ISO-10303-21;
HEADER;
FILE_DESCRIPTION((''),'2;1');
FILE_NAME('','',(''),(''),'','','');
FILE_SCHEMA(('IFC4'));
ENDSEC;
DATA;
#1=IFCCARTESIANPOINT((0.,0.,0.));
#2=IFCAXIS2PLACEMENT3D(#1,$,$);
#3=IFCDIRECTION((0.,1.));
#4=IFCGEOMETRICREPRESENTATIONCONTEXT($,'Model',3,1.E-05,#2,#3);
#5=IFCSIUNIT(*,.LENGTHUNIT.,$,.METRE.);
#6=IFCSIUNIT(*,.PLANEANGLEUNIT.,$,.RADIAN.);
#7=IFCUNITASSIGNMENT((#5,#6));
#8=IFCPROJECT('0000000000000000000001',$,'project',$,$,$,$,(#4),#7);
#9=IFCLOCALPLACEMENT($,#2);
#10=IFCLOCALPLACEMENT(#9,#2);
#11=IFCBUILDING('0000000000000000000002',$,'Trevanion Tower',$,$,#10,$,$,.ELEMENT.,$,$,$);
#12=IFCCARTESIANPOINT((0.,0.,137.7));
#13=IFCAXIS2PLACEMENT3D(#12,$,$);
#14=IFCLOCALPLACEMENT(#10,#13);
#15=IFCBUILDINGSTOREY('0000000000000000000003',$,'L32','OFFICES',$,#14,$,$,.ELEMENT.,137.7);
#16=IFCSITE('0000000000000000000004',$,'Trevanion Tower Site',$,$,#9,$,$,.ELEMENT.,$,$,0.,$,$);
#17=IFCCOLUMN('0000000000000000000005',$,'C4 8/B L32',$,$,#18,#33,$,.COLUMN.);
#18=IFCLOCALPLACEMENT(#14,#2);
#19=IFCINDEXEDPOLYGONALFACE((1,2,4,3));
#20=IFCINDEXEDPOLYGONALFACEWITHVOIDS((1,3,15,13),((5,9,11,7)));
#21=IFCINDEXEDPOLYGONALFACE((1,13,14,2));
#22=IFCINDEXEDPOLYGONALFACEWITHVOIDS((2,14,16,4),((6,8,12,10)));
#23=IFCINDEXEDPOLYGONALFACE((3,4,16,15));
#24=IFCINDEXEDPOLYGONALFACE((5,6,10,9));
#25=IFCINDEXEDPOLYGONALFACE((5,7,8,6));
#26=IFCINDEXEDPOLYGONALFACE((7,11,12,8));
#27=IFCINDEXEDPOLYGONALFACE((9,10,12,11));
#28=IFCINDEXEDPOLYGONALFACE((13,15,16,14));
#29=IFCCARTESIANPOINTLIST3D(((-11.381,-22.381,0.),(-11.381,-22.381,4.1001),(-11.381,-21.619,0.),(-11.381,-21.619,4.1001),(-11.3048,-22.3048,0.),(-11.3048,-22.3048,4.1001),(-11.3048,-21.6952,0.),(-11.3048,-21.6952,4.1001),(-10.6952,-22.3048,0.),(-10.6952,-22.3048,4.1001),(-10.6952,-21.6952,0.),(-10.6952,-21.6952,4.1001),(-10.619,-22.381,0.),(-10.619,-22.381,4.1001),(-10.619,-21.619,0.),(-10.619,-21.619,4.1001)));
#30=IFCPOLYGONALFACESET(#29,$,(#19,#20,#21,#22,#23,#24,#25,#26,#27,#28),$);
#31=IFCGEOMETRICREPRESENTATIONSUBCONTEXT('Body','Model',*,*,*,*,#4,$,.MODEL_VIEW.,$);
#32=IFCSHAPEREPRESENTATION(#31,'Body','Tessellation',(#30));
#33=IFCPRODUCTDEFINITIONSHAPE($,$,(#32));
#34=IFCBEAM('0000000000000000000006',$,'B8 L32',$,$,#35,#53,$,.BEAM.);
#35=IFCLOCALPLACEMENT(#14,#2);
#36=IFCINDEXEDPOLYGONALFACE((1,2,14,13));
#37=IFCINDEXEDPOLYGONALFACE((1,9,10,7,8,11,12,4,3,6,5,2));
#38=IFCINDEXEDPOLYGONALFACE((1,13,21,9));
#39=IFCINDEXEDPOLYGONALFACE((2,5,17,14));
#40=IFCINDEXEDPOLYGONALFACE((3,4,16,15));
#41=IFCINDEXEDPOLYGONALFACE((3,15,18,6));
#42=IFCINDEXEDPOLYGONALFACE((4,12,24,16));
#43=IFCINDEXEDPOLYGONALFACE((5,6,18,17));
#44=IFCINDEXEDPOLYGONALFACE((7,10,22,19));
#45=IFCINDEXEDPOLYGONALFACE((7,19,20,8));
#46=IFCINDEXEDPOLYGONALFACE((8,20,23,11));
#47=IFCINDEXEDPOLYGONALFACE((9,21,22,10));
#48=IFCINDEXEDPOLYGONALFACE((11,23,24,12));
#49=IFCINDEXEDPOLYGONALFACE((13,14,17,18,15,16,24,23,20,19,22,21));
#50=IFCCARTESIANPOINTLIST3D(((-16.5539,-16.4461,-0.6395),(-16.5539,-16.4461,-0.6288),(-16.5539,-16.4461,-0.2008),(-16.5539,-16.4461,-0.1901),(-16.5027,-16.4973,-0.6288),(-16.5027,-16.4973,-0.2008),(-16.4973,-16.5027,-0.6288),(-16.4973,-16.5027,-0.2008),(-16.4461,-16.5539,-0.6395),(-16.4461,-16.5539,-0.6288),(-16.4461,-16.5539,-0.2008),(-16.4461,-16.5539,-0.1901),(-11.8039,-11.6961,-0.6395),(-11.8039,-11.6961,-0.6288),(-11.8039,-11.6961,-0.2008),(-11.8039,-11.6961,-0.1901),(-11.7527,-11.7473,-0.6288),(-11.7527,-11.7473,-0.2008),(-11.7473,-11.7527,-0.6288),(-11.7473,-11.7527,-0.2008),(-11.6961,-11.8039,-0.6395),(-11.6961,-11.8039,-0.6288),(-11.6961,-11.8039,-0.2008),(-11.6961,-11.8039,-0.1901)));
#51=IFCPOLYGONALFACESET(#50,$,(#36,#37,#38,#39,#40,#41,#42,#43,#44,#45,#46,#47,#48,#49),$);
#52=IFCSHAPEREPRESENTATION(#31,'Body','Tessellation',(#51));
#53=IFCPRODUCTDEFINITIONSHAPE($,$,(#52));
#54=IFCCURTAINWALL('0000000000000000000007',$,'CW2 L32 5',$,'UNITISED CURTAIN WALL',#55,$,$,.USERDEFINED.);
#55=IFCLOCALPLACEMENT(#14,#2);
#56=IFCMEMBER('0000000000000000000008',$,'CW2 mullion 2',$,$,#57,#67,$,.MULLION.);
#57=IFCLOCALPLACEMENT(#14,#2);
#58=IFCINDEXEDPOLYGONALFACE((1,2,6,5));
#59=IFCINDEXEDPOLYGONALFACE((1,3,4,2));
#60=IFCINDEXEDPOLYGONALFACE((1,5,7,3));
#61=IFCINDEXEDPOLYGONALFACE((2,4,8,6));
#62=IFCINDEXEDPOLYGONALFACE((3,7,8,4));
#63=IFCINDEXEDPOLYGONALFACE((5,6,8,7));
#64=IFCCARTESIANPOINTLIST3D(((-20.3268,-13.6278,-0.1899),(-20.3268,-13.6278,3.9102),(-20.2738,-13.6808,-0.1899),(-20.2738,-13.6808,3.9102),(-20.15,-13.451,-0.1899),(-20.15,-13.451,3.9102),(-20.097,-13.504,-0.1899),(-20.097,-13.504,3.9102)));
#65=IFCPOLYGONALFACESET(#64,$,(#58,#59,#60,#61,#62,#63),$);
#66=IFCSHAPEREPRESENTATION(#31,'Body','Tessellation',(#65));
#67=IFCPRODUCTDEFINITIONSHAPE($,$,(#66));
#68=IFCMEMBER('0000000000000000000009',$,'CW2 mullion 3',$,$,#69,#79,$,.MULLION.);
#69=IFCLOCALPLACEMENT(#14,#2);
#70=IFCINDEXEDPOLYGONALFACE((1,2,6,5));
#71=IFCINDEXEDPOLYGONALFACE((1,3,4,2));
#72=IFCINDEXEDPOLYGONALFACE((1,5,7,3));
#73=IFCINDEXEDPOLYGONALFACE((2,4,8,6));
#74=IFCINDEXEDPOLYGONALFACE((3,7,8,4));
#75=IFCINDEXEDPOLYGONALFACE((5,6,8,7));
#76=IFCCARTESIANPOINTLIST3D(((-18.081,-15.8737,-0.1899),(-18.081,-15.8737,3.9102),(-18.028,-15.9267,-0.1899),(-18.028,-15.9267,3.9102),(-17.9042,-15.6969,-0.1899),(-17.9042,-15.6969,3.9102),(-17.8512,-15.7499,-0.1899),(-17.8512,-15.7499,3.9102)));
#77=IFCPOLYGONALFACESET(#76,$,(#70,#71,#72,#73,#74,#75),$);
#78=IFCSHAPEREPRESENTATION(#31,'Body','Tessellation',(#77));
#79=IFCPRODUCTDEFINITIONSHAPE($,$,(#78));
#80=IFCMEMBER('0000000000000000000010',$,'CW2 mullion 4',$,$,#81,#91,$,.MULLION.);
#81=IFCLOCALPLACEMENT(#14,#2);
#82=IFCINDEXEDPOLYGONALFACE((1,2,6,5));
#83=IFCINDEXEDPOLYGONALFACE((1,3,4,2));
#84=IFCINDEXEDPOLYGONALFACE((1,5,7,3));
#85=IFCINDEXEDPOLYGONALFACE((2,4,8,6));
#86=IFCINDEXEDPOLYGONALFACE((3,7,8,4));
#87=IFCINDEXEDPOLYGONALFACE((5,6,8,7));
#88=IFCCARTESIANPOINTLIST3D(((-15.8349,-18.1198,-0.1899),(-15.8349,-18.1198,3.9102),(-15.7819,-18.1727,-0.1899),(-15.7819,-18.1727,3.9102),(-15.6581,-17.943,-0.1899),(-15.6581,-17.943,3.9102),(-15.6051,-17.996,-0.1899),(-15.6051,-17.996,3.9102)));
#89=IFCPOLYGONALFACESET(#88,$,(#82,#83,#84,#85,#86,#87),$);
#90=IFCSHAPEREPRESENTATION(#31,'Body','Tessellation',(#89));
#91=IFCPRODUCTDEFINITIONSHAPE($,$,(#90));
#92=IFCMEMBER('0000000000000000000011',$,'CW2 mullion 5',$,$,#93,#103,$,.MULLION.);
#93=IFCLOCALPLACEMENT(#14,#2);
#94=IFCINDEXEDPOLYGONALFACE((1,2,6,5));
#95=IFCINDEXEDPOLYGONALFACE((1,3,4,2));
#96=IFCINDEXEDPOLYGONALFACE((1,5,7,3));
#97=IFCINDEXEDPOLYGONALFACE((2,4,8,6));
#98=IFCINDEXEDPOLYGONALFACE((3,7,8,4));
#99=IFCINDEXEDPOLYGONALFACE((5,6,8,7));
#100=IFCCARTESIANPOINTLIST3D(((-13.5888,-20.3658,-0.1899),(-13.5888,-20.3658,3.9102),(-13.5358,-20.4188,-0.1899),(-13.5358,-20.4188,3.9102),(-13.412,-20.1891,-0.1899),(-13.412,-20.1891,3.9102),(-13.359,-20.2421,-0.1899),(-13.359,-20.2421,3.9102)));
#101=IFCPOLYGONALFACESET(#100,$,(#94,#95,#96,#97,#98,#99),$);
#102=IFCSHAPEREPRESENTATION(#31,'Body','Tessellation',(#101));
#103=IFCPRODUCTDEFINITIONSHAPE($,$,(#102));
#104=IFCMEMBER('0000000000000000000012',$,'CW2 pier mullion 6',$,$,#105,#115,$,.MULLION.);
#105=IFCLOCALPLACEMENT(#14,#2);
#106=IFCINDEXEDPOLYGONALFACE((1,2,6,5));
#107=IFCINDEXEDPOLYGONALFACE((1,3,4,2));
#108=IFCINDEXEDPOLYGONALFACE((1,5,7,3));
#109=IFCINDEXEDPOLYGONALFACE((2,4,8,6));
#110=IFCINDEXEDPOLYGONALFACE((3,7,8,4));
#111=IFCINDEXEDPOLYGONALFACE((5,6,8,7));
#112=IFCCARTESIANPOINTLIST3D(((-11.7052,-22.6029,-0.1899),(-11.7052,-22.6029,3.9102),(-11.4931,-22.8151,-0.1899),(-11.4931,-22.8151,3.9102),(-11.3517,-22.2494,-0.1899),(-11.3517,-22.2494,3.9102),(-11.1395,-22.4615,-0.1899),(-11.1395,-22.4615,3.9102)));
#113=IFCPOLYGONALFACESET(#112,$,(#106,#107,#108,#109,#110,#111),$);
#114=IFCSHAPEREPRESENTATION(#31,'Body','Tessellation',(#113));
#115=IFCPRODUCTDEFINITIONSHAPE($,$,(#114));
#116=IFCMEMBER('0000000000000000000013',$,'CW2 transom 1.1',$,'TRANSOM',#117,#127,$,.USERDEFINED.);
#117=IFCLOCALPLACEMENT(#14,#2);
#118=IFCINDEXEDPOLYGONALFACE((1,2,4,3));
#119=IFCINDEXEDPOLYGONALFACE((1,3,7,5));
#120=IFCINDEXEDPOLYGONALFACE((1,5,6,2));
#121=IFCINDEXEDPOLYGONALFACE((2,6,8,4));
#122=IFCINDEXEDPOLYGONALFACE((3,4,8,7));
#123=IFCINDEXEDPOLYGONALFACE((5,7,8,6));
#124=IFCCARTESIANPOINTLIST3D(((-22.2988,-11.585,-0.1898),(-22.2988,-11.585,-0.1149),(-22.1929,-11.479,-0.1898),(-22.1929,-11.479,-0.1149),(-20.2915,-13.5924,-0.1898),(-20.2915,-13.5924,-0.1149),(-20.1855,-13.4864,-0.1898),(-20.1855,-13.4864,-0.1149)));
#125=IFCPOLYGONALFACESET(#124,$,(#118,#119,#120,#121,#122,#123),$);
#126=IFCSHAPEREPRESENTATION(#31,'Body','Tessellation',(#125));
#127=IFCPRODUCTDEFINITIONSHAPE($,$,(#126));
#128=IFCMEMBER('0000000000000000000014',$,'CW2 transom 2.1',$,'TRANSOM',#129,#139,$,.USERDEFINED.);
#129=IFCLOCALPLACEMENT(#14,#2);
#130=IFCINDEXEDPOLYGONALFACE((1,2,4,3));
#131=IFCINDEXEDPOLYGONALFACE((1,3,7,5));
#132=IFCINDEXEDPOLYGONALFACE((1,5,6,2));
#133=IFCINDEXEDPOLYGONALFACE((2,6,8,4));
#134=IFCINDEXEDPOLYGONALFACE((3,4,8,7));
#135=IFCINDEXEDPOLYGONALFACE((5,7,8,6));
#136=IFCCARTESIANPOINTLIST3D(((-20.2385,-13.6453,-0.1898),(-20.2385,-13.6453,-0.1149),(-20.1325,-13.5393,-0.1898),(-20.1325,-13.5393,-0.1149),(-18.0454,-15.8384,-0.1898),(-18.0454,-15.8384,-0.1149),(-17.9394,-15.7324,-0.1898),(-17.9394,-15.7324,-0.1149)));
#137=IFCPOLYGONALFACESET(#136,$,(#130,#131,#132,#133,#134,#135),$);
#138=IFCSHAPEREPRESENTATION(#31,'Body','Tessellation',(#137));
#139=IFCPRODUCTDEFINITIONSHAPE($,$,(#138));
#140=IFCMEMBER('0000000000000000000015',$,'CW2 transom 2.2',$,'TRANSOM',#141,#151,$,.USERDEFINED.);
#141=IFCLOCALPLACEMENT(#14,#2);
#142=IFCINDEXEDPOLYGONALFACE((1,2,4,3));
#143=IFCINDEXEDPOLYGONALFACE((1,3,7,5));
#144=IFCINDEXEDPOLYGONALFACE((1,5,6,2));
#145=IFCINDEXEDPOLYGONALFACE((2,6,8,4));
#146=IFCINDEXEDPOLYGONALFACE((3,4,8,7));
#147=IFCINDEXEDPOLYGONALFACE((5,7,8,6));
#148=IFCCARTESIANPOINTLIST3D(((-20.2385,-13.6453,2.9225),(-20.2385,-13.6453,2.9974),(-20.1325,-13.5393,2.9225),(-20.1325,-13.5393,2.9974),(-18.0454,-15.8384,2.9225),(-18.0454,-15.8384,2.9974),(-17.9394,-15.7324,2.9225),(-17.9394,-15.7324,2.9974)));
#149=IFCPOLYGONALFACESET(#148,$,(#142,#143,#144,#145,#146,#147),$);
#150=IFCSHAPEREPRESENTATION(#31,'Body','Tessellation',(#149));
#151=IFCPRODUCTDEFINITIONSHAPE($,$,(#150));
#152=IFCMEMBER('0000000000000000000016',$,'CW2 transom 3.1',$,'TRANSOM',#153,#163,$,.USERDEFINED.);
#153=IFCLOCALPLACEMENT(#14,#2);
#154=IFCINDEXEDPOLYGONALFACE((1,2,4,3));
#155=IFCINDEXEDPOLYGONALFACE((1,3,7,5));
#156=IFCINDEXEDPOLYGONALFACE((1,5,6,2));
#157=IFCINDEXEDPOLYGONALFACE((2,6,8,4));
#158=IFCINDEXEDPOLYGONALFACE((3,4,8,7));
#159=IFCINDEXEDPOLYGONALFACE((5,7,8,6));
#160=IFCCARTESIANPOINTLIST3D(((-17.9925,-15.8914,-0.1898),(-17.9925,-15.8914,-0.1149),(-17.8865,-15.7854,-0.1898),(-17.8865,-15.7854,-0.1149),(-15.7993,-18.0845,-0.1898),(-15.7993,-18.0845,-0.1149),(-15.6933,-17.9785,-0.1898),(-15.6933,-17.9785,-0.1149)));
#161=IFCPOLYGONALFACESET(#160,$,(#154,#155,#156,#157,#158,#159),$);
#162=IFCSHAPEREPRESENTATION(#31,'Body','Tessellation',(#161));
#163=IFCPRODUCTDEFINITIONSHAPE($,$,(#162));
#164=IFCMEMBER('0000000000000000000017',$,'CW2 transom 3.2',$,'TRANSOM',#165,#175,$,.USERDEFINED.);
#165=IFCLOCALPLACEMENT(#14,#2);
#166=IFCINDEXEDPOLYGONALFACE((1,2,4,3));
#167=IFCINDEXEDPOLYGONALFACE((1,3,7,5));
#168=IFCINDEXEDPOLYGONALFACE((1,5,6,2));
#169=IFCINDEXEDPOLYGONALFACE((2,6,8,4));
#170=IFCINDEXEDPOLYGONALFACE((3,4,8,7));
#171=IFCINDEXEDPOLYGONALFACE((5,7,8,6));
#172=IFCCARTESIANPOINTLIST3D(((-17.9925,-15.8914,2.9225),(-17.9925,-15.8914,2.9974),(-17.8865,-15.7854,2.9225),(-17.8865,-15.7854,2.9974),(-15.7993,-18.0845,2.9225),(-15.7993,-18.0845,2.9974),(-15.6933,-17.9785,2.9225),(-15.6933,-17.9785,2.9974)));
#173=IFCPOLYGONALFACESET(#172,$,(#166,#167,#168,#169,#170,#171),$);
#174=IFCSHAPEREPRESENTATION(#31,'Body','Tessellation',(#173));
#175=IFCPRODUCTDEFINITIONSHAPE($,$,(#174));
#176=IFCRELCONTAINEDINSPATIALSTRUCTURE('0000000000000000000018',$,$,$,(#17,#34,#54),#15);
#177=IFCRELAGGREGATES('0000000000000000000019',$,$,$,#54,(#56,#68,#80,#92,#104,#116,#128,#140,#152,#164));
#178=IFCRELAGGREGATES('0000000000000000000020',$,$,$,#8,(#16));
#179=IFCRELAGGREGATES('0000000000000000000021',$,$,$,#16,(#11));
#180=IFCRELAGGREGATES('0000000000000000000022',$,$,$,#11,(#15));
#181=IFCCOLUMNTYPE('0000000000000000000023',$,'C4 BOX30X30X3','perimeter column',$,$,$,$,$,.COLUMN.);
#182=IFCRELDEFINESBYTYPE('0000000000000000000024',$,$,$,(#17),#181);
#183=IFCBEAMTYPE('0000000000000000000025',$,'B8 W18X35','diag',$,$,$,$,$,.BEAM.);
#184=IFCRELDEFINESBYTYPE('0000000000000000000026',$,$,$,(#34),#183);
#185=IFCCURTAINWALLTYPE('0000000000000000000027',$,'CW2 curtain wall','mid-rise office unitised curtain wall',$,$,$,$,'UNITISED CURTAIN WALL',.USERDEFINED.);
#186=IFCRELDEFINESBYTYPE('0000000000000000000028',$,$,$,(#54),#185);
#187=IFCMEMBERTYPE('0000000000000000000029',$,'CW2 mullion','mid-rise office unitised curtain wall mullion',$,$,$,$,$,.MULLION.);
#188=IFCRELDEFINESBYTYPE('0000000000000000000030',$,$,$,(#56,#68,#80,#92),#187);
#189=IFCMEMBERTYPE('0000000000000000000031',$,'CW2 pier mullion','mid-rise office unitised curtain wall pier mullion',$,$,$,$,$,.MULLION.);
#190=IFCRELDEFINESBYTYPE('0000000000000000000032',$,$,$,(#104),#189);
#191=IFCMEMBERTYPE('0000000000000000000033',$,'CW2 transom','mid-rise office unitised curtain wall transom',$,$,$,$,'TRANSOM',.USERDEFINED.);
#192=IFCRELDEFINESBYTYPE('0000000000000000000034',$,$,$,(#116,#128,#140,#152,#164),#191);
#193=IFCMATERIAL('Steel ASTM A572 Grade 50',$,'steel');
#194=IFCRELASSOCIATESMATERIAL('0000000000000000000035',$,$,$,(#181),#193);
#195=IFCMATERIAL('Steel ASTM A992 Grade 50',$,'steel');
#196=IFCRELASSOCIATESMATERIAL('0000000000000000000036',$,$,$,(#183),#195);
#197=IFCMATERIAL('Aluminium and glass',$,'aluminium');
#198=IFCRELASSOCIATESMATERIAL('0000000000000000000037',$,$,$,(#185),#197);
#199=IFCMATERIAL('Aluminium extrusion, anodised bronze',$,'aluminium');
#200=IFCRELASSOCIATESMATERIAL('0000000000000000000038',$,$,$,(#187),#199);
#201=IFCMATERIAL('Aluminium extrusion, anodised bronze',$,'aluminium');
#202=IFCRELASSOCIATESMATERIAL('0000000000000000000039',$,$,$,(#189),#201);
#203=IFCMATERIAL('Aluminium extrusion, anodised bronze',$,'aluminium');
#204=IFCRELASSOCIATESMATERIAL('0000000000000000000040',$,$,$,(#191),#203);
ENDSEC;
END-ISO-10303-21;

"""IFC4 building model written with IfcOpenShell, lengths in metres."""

from ifc_helpers import new_model, si_unit, direction, frame, origin, origin_2d, place, context, subcontext, project, spatial, rectangle, hollow_rectangle, i_section, extrude, material, material_profile, profile_set, type_object, element, aggregate, save


model = new_model("IFC4")

# Units and contexts
model_context = context("Model", 3, precision=1e-05, world=origin(), true_north=direction((0.0, 1.0)))
body_context = subcontext(model_context, "Body", "Model", "MODEL_VIEW")
ifc_project = project(units=[si_unit("LENGTHUNIT", "METRE"), si_unit("PLANEANGLEUNIT", "RADIAN")], contexts=[model_context])

# Site, building, storey
site_placement = place(None, origin())
site = spatial("IfcSite", under=ifc_project, at=site_placement, Name="Trevanion Tower Site", CompositionType="ELEMENT", RefElevation=0.0)
building_placement = place(site_placement, origin())
building = spatial("IfcBuilding", under=site, at=building_placement, Name="Trevanion Tower", CompositionType="ELEMENT")
storey_placement = place(building_placement, frame((0.0, 0.0, 137.7)))
storey = spatial("IfcBuildingStorey", under=building, at=storey_placement, Name="L32", Description="OFFICES", CompositionType="ELEMENT", Elevation=137.7)

# Column
ifc_material_1 = material(Name="Steel ASTM A572 Grade 50", Category="steel")
ifc_material_profile_1 = material_profile(ifc_material_1, hollow_rectangle(XDim=0.762, YDim=0.762, WallThickness=0.0762, at=origin_2d()), Name="BOX30X30X3")
ifc_profile_set_1 = profile_set([ifc_material_profile_1], Name="Steel ASTM A572 Grade 50")
column_type = type_object("IfcColumnType", Name="C4 BOX30X30X3", Description="perimeter column", PredefinedType="COLUMN", material=ifc_profile_set_1)
column_placement = place(storey_placement, frame((-11.0, -22.0, 0.0), z_axis=(0.0, 0.0, 1.0), x_axis=(1.0, 0.0, 0.0)))
element("IfcColumn", 1, at=column_placement, inside=storey, type_object=column_type, Name="C4 8/B L32", PredefinedType="COLUMN", context=body_context, shape_type="SweptSolid", body=[
    extrude(hollow_rectangle(XDim=0.762, YDim=0.762, WallThickness=0.0762, at=origin_2d()), origin(), (0.0, 0.0, 1.0), 4.1001),
])

# Beam
ifc_material_2 = material(Name="Steel ASTM A992 Grade 50", Category="steel")
ifc_material_profile_2 = material_profile(ifc_material_2, i_section(OverallWidth=0.1523, OverallDepth=0.4495, WebThickness=0.0076, FlangeThickness=0.0107, at=origin_2d()), Name="W18X35")
ifc_profile_set_2 = profile_set([ifc_material_profile_2], Name="Steel ASTM A992 Grade 50")
beam_type_1 = type_object("IfcBeamType", Name="B8 W18X35", Description="diag", PredefinedType="BEAM", material=ifc_profile_set_2)
beam_1_placement = place(storey_placement, frame((-11.75, -11.75, -0.4148), z_axis=(-0.707107, -0.707107, 0.0), x_axis=(0.707107, -0.707107, 0.0)))
element("IfcBeam", 2, at=beam_1_placement, inside=storey, type_object=beam_type_1, Name="B8 L32", PredefinedType="BEAM", context=body_context, shape_type="SweptSolid", body=[
    extrude(i_section(OverallWidth=0.1523, OverallDepth=0.4495, WebThickness=0.0076, FlangeThickness=0.0107, at=origin_2d()), origin(), (0.0, 0.0, 1.0), 6.7175),
])

# Curtain wall, members
ifc_material_3 = material(Name="Aluminium and glass", Category="aluminium")
curtain_wall_type = type_object("IfcCurtainWallType", Name="CW2 curtain wall", Description="mid-rise office unitised curtain wall", ElementType="UNITISED CURTAIN WALL", PredefinedType="USERDEFINED", material=ifc_material_3)
curtain_wall_placement = place(storey_placement, origin())
curtain_wall = element("IfcCurtainWall", 3, at=curtain_wall_placement, inside=storey, type_object=curtain_wall_type, Name="CW2 L32 5", ObjectType="UNITISED CURTAIN WALL", PredefinedType="USERDEFINED")
ifc_material_4 = material(Name="Aluminium extrusion, anodised bronze", Category="aluminium")
ifc_material_profile_3 = material_profile(ifc_material_4, rectangle(XDim=0.075, YDim=0.25, at=origin_2d()), Name="CW2 mullion")
ifc_profile_set_3 = profile_set([ifc_material_profile_3], Name="Aluminium extrusion, anodised bronze")
member_type_1 = type_object("IfcMemberType", Name="CW2 mullion", Description="mid-rise office unitised curtain wall mullion", PredefinedType="MULLION", material=ifc_profile_set_3)
member_1_placement = place(storey_placement, frame((-20.2119, -13.5659, -0.1899), z_axis=(0.0, 0.0, 1.0), x_axis=(0.707107, -0.707107, 0.0)))
member_1 = element("IfcMember", 4, at=member_1_placement, type_object=member_type_1, Name="CW2 mullion 2", PredefinedType="MULLION", context=body_context, shape_type="SweptSolid", body=[
    extrude(rectangle(XDim=0.075, YDim=0.25, at=origin_2d()), origin(), (0.0, 0.0, 1.0), 4.1001),
])
member_2_placement = place(storey_placement, frame((-17.9661, -15.8118, -0.1899), z_axis=(0.0, 0.0, 1.0), x_axis=(0.707107, -0.707107, 0.0)))
member_2 = element("IfcMember", 5, at=member_2_placement, type_object=member_type_1, Name="CW2 mullion 3", PredefinedType="MULLION", context=body_context, shape_type="SweptSolid", body=[
    extrude(rectangle(XDim=0.075, YDim=0.25, at=origin_2d()), origin(), (0.0, 0.0, 1.0), 4.1001),
])
member_3_placement = place(storey_placement, frame((-15.72, -18.0579, -0.1899), z_axis=(0.0, 0.0, 1.0), x_axis=(0.707107, -0.707107, 0.0)))
member_3 = element("IfcMember", 6, at=member_3_placement, type_object=member_type_1, Name="CW2 mullion 4", PredefinedType="MULLION", context=body_context, shape_type="SweptSolid", body=[
    extrude(rectangle(XDim=0.075, YDim=0.25, at=origin_2d()), origin(), (0.0, 0.0, 1.0), 4.1001),
])
member_4_placement = place(storey_placement, frame((-13.4739, -20.304, -0.1899), z_axis=(0.0, 0.0, 1.0), x_axis=(0.707107, -0.707107, 0.0)))
member_4 = element("IfcMember", 7, at=member_4_placement, type_object=member_type_1, Name="CW2 mullion 5", PredefinedType="MULLION", context=body_context, shape_type="SweptSolid", body=[
    extrude(rectangle(XDim=0.075, YDim=0.25, at=origin_2d()), origin(), (0.0, 0.0, 1.0), 4.1001),
])
ifc_material_5 = material(Name="Aluminium extrusion, anodised bronze", Category="aluminium")
ifc_material_profile_4 = material_profile(ifc_material_5, rectangle(XDim=0.3, YDim=0.5, at=origin_2d()), Name="CW2 pier mullion")
ifc_profile_set_4 = profile_set([ifc_material_profile_4], Name="Aluminium extrusion, anodised bronze")
member_type_2 = type_object("IfcMemberType", Name="CW2 pier mullion", Description="mid-rise office unitised curtain wall pier mullion", PredefinedType="MULLION", material=ifc_profile_set_4)
member_5_placement = place(storey_placement, frame((-11.4224, -22.5322, -0.1899), z_axis=(0.0, 0.0, 1.0), x_axis=(0.707107, -0.707107, 0.0)))
member_5 = element("IfcMember", 8, at=member_5_placement, type_object=member_type_2, Name="CW2 pier mullion 6", PredefinedType="MULLION", context=body_context, shape_type="SweptSolid", body=[
    extrude(rectangle(XDim=0.3, YDim=0.5, at=origin_2d()), origin(), (0.0, 0.0, 1.0), 4.1001),
])
ifc_material_6 = material(Name="Aluminium extrusion, anodised bronze", Category="aluminium")
ifc_material_profile_5 = material_profile(ifc_material_6, rectangle(XDim=0.1499, YDim=0.075, at=origin_2d()), Name="CW2 transom")
ifc_profile_set_5 = profile_set([ifc_material_profile_5], Name="Aluminium extrusion, anodised bronze")
member_type_3 = type_object("IfcMemberType", Name="CW2 transom", Description="mid-rise office unitised curtain wall transom", ElementType="TRANSOM", PredefinedType="USERDEFINED", material=ifc_profile_set_5)
member_6_placement = place(storey_placement, frame((-22.2458, -11.532, -0.1523), z_axis=(0.707107, -0.707107, 0.0), x_axis=(0.707107, 0.707107, 0.0)))
member_6 = element("IfcMember", 9, at=member_6_placement, type_object=member_type_3, Name="CW2 transom 1.1", ObjectType="TRANSOM", PredefinedType="USERDEFINED", context=body_context, shape_type="SweptSolid", body=[
    extrude(rectangle(XDim=0.1499, YDim=0.075, at=origin_2d()), origin(), (0.0, 0.0, 1.0), 2.8389),
])
member_7_placement = place(storey_placement, frame((-20.1855, -13.5923, -0.1523), z_axis=(0.707107, -0.707107, 0.0), x_axis=(0.707107, 0.707107, 0.0)))
member_7 = element("IfcMember", 10, at=member_7_placement, type_object=member_type_3, Name="CW2 transom 2.1", ObjectType="TRANSOM", PredefinedType="USERDEFINED", context=body_context, shape_type="SweptSolid", body=[
    extrude(rectangle(XDim=0.1499, YDim=0.075, at=origin_2d()), origin(), (0.0, 0.0, 1.0), 3.1016),
])
member_8_placement = place(storey_placement, frame((-20.1855, -13.5923, 2.96), z_axis=(0.707107, -0.707107, 0.0), x_axis=(0.707107, 0.707107, 0.0)))
member_8 = element("IfcMember", 11, at=member_8_placement, type_object=member_type_3, Name="CW2 transom 2.2", ObjectType="TRANSOM", PredefinedType="USERDEFINED", context=body_context, shape_type="SweptSolid", body=[
    extrude(rectangle(XDim=0.1499, YDim=0.075, at=origin_2d()), origin(), (0.0, 0.0, 1.0), 3.1016),
])
member_9_placement = place(storey_placement, frame((-17.9395, -15.8384, -0.1523), z_axis=(0.707107, -0.707107, 0.0), x_axis=(0.707107, 0.707107, 0.0)))
member_9 = element("IfcMember", 12, at=member_9_placement, type_object=member_type_3, Name="CW2 transom 3.1", ObjectType="TRANSOM", PredefinedType="USERDEFINED", context=body_context, shape_type="SweptSolid", body=[
    extrude(rectangle(XDim=0.1499, YDim=0.075, at=origin_2d()), origin(), (0.0, 0.0, 1.0), 3.1016),
])
member_10_placement = place(storey_placement, frame((-17.9395, -15.8384, 2.96), z_axis=(0.707107, -0.707107, 0.0), x_axis=(0.707107, 0.707107, 0.0)))
member_10 = element("IfcMember", 13, at=member_10_placement, type_object=member_type_3, Name="CW2 transom 3.2", ObjectType="TRANSOM", PredefinedType="USERDEFINED", context=body_context, shape_type="SweptSolid", body=[
    extrude(rectangle(XDim=0.1499, YDim=0.075, at=origin_2d()), origin(), (0.0, 0.0, 1.0), 3.1016),
])

aggregate(curtain_wall, [member_1, member_2, member_3, member_4, member_5, member_6, member_7, member_8, member_9, member_10])

save(model, "model.ifc")
